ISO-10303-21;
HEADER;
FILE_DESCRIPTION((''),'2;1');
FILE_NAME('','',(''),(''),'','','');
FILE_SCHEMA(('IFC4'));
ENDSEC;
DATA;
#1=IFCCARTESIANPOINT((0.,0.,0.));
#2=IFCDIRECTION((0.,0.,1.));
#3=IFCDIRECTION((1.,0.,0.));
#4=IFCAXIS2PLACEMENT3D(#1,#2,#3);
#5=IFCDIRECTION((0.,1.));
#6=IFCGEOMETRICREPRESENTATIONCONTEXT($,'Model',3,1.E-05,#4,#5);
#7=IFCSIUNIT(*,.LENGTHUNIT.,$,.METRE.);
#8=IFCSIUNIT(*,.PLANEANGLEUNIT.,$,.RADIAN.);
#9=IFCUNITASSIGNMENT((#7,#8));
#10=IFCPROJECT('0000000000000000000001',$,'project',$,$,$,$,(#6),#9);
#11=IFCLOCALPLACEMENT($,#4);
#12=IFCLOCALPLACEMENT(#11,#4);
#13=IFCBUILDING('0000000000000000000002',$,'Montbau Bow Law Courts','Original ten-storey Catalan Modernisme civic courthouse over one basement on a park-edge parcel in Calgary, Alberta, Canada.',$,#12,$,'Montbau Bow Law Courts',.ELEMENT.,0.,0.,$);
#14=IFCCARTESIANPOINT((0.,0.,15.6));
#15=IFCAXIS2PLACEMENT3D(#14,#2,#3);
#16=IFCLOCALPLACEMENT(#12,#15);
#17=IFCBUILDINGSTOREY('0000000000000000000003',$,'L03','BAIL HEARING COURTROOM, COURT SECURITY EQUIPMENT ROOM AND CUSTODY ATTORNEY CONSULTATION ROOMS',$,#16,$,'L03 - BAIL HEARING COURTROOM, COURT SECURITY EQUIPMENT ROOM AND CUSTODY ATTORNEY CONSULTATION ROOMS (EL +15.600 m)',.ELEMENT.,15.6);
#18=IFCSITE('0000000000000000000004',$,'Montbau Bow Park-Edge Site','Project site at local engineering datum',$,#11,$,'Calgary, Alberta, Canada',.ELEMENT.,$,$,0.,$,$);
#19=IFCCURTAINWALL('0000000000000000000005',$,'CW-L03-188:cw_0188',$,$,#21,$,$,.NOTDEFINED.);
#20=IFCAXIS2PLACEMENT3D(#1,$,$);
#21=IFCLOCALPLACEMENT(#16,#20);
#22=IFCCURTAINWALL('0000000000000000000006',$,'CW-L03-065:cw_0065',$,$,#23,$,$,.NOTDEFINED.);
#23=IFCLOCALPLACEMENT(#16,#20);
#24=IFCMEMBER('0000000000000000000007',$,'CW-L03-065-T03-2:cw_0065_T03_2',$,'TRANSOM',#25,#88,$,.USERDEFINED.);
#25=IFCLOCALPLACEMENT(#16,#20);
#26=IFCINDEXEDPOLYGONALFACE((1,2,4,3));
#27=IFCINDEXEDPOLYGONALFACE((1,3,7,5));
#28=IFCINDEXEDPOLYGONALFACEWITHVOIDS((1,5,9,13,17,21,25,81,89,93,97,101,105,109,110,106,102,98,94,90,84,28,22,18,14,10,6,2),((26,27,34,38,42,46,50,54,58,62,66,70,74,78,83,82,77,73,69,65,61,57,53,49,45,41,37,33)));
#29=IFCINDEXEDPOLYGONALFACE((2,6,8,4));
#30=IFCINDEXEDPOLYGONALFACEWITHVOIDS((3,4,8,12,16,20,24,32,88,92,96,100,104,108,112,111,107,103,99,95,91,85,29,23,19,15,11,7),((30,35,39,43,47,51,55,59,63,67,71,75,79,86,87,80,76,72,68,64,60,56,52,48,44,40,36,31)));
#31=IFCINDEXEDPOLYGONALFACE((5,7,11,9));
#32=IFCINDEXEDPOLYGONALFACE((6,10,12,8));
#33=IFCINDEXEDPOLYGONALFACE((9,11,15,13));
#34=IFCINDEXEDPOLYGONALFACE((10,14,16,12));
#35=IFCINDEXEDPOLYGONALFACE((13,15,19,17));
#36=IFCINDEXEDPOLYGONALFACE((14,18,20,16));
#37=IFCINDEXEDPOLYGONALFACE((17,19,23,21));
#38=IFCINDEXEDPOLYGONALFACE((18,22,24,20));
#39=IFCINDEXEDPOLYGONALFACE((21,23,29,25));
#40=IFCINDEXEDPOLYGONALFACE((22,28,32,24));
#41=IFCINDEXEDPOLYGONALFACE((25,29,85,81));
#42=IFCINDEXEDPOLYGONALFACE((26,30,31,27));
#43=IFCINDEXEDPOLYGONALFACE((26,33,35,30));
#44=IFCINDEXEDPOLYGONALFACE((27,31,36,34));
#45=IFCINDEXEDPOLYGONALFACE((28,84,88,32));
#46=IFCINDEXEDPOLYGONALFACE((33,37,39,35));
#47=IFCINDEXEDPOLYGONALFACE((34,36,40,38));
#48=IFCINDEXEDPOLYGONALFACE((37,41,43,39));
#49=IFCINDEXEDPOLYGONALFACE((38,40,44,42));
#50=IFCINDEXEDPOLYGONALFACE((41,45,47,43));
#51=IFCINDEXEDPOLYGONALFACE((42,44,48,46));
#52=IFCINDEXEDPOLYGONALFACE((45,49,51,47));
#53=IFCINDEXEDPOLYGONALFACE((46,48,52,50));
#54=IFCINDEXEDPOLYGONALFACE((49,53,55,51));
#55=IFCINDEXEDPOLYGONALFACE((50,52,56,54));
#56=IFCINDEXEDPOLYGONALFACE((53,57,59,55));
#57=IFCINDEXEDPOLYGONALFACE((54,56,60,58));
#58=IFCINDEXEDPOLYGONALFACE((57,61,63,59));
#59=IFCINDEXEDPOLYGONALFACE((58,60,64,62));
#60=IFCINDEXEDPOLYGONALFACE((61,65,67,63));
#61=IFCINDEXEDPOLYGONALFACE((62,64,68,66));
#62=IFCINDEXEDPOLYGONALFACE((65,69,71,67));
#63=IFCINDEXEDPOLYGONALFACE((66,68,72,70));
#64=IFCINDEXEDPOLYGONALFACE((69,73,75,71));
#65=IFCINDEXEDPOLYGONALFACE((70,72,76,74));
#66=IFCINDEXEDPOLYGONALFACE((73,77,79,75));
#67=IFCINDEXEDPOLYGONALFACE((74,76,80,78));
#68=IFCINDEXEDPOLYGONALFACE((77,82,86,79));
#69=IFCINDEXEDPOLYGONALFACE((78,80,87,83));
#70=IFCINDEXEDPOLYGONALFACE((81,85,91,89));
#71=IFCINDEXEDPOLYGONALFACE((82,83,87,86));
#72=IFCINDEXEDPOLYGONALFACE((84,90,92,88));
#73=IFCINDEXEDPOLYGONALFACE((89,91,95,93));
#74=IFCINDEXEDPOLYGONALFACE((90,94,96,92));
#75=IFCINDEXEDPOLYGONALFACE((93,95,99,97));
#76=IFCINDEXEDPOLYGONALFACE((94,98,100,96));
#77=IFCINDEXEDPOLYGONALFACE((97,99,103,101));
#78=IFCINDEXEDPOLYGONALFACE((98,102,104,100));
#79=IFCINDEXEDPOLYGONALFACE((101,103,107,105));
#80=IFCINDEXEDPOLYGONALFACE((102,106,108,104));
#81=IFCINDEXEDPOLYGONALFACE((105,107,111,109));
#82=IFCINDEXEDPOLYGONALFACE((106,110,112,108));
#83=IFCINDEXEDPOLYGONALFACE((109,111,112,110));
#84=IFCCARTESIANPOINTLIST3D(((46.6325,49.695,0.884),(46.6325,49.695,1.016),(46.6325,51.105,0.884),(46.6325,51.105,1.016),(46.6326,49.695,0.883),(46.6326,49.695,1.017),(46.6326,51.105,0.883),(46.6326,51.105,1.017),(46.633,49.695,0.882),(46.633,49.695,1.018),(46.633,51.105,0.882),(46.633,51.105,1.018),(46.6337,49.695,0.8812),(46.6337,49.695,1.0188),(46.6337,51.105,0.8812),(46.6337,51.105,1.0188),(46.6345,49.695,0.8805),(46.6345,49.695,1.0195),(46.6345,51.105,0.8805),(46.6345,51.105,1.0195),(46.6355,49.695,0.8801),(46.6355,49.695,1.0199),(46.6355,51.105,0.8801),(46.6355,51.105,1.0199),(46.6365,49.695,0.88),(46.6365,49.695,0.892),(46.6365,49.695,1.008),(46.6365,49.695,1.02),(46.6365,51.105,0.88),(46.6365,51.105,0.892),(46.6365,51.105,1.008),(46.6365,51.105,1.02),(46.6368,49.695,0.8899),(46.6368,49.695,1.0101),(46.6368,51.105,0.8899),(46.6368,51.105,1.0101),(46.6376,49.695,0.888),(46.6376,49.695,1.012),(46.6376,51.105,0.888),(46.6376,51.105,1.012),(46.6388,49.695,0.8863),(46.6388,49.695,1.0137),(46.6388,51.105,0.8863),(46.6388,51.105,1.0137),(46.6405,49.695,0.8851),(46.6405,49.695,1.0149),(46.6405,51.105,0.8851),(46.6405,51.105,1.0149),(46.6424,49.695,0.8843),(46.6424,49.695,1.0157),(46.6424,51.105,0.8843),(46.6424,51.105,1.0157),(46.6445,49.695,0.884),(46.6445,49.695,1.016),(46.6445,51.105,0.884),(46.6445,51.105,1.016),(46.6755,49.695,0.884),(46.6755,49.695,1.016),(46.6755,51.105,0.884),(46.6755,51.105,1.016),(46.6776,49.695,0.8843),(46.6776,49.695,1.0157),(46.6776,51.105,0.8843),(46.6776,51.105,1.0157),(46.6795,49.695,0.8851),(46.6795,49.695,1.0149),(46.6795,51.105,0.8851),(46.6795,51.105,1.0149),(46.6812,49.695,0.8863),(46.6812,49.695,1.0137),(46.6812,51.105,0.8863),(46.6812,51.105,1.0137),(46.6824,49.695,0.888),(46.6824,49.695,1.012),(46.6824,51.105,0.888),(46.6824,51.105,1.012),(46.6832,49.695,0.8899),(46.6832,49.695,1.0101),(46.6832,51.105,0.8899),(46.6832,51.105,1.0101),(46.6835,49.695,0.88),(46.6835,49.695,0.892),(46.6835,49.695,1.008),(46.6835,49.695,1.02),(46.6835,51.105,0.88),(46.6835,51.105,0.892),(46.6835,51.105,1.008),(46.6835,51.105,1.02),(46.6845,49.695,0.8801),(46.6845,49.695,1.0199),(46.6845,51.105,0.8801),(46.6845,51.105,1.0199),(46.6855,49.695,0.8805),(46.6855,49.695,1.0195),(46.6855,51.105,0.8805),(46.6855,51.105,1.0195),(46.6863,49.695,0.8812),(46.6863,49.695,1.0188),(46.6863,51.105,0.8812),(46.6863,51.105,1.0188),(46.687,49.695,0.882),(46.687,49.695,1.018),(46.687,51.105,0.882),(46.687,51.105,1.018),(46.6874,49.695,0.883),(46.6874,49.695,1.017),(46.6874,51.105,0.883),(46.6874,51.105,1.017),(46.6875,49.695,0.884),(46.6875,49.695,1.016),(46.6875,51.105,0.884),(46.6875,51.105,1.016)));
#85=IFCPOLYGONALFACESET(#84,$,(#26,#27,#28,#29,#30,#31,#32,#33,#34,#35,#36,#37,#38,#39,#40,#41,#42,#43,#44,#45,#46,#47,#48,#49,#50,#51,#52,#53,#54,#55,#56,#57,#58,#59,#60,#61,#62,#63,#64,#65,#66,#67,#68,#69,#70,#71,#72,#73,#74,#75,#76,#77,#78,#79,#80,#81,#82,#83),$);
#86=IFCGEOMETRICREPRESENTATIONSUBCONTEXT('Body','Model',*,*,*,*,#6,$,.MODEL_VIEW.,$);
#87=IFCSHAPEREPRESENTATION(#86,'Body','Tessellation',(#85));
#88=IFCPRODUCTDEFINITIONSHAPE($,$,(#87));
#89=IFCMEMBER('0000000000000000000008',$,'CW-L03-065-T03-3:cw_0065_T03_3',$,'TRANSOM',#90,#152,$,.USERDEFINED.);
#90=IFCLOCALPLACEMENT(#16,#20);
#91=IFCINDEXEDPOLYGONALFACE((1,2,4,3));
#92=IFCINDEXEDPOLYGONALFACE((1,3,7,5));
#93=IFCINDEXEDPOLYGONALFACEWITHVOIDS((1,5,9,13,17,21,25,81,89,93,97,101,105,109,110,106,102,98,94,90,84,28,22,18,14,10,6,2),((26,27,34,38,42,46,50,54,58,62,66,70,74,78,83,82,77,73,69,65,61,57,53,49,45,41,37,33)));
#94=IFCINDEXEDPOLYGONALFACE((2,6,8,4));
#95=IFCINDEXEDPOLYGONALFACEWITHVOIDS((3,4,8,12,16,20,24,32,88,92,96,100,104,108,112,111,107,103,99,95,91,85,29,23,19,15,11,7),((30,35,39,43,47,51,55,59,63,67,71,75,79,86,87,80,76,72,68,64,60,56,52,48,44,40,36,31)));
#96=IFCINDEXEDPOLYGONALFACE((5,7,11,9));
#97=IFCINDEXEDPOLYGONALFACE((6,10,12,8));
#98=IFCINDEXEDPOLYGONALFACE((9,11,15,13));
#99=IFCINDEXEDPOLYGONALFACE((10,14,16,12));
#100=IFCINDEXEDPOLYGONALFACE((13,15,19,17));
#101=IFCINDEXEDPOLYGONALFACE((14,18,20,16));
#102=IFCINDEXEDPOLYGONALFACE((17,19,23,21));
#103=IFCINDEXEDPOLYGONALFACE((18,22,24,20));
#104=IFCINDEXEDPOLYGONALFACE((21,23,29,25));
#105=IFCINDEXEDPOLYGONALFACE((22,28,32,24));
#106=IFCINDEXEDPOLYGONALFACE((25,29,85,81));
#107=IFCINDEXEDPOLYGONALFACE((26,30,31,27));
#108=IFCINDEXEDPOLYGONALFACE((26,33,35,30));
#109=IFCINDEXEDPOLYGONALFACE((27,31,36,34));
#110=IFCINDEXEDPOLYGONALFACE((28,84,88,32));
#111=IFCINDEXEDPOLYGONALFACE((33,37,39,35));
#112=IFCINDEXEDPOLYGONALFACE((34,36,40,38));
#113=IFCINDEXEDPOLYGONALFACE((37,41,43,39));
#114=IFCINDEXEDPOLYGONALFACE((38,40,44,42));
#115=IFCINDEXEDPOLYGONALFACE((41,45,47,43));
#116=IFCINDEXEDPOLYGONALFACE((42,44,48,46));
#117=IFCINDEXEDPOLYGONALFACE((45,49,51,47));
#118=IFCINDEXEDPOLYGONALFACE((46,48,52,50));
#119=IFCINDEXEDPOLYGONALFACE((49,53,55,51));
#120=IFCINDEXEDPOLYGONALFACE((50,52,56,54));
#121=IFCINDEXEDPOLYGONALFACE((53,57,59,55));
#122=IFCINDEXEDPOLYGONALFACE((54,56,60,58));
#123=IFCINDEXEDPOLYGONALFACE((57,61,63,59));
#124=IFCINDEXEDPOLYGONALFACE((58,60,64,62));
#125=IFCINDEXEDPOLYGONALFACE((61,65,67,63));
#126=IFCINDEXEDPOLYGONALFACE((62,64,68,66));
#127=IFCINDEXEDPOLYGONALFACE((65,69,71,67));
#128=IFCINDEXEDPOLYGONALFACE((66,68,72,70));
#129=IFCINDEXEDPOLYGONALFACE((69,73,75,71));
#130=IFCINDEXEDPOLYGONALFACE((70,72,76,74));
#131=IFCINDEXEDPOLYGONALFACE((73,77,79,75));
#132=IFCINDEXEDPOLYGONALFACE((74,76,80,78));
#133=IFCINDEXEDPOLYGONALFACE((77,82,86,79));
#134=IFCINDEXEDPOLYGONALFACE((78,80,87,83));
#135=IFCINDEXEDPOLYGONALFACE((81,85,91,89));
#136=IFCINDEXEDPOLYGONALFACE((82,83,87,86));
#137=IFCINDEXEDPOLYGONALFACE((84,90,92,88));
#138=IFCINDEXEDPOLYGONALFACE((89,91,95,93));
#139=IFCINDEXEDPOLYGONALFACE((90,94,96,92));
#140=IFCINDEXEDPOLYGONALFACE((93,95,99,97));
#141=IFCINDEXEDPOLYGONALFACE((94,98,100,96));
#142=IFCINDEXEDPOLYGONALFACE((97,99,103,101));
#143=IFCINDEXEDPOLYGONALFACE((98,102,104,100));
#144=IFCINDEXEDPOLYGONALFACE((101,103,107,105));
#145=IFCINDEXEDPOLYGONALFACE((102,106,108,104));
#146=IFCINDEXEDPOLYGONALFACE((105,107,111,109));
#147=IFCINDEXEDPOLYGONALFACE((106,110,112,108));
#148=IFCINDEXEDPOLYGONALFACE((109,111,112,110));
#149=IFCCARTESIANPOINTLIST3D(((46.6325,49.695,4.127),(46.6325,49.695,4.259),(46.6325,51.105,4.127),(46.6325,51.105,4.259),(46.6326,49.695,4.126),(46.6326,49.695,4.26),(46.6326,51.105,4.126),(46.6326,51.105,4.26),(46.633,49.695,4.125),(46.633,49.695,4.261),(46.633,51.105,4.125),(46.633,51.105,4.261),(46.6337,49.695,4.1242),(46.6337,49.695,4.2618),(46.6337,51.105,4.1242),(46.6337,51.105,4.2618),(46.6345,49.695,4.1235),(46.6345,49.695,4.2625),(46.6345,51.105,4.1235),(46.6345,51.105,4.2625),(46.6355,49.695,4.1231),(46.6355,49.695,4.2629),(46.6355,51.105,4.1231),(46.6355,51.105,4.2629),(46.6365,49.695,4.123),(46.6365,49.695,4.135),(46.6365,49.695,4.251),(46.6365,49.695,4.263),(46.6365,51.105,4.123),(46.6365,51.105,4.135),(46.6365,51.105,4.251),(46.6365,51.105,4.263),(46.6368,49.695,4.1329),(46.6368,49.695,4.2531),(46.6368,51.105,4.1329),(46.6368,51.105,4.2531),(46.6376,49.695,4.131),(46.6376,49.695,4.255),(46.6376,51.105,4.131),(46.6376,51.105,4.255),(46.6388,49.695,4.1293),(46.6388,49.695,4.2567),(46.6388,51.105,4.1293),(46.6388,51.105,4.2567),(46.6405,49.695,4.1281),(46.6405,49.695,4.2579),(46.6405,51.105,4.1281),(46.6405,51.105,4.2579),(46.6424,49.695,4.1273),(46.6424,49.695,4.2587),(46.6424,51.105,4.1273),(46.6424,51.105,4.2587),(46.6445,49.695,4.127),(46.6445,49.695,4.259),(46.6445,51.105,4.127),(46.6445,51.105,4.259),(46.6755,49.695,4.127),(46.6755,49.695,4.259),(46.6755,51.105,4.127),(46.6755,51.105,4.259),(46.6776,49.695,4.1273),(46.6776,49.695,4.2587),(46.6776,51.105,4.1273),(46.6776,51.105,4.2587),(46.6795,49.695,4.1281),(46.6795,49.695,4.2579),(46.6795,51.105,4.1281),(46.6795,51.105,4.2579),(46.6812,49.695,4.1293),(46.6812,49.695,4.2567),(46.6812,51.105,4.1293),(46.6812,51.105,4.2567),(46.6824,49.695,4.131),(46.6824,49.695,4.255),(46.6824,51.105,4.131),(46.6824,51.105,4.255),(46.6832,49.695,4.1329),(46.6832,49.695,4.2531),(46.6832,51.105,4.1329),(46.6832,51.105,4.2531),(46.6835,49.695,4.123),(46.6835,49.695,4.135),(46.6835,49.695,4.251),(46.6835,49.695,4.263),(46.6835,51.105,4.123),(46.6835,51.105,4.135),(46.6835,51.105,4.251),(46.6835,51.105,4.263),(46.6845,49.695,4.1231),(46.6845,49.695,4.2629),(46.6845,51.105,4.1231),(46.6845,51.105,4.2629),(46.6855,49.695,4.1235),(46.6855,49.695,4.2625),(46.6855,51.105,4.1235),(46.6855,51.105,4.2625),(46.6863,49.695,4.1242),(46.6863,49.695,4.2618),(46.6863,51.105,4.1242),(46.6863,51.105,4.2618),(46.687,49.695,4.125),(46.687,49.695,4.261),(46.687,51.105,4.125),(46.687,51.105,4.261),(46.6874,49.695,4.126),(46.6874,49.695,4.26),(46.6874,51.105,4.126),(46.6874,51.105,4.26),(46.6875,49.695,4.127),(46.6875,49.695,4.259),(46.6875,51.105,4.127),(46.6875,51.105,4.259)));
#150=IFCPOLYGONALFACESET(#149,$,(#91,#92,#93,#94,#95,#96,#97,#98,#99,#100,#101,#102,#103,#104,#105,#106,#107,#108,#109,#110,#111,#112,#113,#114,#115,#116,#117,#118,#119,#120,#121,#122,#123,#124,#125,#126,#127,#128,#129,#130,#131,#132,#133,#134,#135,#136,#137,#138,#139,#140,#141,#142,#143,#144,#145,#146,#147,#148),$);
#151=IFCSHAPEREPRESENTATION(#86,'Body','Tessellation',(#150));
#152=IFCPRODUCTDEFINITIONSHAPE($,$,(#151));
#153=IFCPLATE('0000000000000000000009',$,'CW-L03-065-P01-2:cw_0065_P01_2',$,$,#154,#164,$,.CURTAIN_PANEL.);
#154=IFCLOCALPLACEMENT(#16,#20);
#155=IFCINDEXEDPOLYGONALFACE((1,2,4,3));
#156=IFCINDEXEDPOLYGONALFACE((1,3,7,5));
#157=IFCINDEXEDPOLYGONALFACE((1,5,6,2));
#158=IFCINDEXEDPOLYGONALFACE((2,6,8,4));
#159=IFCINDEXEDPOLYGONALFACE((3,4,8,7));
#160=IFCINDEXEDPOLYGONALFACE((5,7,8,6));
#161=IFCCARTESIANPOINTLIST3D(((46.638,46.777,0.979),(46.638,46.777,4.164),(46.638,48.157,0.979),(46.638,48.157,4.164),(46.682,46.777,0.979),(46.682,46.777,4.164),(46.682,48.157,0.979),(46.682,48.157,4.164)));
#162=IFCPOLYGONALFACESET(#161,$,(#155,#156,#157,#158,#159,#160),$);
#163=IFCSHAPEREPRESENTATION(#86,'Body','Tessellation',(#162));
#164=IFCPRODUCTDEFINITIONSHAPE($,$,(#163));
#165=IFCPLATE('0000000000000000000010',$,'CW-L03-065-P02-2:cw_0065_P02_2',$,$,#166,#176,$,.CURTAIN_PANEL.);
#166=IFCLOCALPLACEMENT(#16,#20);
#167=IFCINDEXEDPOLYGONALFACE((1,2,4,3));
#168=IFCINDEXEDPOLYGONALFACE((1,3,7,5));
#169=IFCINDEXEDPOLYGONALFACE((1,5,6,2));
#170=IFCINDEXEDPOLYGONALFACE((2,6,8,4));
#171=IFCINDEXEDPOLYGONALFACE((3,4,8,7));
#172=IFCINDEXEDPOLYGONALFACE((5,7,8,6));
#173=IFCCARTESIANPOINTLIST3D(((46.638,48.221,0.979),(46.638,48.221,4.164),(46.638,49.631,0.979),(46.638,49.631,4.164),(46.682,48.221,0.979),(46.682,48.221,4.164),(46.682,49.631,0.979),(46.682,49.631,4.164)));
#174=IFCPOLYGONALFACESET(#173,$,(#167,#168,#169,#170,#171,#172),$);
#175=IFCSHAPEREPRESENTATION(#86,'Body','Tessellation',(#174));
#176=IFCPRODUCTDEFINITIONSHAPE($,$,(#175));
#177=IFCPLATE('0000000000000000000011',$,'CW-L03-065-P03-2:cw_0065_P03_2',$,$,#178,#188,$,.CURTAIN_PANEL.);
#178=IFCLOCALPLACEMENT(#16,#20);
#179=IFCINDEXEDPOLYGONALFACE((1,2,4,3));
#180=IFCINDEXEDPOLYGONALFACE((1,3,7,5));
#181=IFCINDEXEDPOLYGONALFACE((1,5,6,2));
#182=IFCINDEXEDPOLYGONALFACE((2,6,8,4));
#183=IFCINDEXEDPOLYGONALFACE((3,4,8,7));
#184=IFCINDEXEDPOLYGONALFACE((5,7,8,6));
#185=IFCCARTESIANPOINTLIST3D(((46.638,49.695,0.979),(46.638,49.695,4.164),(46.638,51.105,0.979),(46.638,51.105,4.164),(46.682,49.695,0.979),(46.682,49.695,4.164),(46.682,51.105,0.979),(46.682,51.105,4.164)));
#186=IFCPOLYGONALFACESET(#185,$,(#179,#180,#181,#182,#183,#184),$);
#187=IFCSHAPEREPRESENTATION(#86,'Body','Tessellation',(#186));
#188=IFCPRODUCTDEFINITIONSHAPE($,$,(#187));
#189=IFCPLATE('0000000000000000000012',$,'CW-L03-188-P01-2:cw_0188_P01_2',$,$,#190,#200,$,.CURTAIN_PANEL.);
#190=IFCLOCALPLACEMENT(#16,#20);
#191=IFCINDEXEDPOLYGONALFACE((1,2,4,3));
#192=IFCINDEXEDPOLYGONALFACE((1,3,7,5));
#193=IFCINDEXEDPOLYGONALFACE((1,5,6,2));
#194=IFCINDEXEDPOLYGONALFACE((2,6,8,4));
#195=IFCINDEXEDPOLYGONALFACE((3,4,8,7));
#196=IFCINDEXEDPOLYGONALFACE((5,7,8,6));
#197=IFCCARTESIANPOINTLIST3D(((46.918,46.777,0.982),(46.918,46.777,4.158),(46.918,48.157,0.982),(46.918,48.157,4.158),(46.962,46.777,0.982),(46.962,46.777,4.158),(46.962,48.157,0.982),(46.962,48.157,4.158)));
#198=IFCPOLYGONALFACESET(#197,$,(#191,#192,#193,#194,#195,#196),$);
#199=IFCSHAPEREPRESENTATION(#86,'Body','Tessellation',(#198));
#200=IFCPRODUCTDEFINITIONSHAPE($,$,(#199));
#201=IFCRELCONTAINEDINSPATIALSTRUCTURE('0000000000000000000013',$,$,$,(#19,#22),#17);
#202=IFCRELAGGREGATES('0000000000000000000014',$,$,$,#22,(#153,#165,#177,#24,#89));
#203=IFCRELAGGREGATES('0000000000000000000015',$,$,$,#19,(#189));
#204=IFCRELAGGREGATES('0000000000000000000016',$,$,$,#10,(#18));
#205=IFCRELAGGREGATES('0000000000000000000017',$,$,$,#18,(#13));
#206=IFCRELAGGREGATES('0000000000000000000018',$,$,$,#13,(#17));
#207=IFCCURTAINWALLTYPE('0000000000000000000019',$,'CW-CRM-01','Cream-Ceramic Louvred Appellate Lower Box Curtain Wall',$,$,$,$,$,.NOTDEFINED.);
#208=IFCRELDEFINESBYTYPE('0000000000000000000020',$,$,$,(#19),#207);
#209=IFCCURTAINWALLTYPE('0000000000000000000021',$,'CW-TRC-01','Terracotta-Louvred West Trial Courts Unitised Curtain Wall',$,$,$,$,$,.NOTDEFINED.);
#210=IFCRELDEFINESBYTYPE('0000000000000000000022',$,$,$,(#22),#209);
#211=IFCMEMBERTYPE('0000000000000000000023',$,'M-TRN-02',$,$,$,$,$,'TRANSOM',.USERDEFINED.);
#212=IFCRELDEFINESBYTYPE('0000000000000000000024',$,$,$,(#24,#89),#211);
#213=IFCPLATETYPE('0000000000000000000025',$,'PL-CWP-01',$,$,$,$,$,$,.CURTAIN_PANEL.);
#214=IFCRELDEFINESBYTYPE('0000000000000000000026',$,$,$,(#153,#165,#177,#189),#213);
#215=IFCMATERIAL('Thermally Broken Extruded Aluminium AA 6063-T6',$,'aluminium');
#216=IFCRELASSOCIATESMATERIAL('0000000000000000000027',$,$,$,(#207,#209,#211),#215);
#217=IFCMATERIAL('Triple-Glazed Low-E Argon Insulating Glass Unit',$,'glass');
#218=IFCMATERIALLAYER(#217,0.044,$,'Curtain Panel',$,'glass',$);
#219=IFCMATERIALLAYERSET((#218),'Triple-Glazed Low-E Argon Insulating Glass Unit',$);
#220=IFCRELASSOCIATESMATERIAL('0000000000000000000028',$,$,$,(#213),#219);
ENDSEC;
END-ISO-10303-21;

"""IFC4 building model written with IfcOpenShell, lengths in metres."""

from ifc_helpers import new_model, si_unit, direction, frame, frame_2d, origin_with_axes, origin_2d_with_axis, place, context, subcontext, project, spatial, rectangle, hollow_rectangle, extrude, material, layer, layer_set, material_profile, profile_set, type_object, element, aggregate, save


model = new_model("IFC4")

# Units and contexts
model_context = context("Model", 3, precision=1e-05, world=origin_with_axes(), true_north=direction((0.0, 1.0)))
body_context = subcontext(model_context, "Body", "Model", "MODEL_VIEW")
ifc_project = project(units=[si_unit("LENGTHUNIT", "METRE"), si_unit("PLANEANGLEUNIT", "RADIAN")], contexts=[model_context])

# Site, building, storey
site_placement = place(None, origin_with_axes())
site = spatial("IfcSite", under=ifc_project, at=site_placement, Name="Montbau Bow Park-Edge Site", Description="Project site at local engineering datum", LongName="Calgary, Alberta, Canada", CompositionType="ELEMENT", RefElevation=0.0)
building_placement = place(site_placement, origin_with_axes())
building = spatial("IfcBuilding", under=site, at=building_placement, Name="Montbau Bow Law Courts", Description="Original ten-storey Catalan Modernisme civic courthouse over one basement on a park-edge parcel in Calgary, Alberta, Canada.", LongName="Montbau Bow Law Courts", CompositionType="ELEMENT", ElevationOfRefHeight=0.0, ElevationOfTerrain=0.0)
storey_placement = place(building_placement, frame((0.0, 0.0, 15.6), z_axis=(0.0, 0.0, 1.0), x_axis=(1.0, 0.0, 0.0)))
storey = spatial("IfcBuildingStorey", under=building, at=storey_placement, Name="L03", Description="BAIL HEARING COURTROOM, COURT SECURITY EQUIPMENT ROOM AND CUSTODY ATTORNEY CONSULTATION ROOMS", LongName="L03 - BAIL HEARING COURTROOM, COURT SECURITY EQUIPMENT ROOM AND CUSTODY ATTORNEY CONSULTATION ROOMS (EL +15.600 m)", CompositionType="ELEMENT", Elevation=15.6)

# Curtain wall
ifc_material_1 = material(Name="Thermally Broken Extruded Aluminium AA 6063-T6", Category="aluminium")
curtain_wall_type_1 = type_object("IfcCurtainWallType", Name="CW-CRM-01", Description="Cream-Ceramic Louvred Appellate Lower Box Curtain Wall", PredefinedType="NOTDEFINED", material=ifc_material_1)
curtain_wall_1_placement = place(None, frame((46.94, 46.715, 15.6), z_axis=(0.0, 0.0, 1.0), x_axis=(1.0, 0.0, 0.0)))
curtain_wall_1 = element("IfcCurtainWall", 1, at=curtain_wall_1_placement, inside=storey, type_object=curtain_wall_type_1, Name="CW-L03-188:cw_0188", PredefinedType="NOTDEFINED")

# Curtain wall, members, plates
curtain_wall_type_2 = type_object("IfcCurtainWallType", Name="CW-TRC-01", Description="Terracotta-Louvred West Trial Courts Unitised Curtain Wall", PredefinedType="NOTDEFINED", material=ifc_material_1)
curtain_wall_2_placement = place(None, frame((46.66, 46.715, 15.6), z_axis=(0.0, 0.0, 1.0), x_axis=(1.0, 0.0, 0.0)))
curtain_wall_2 = element("IfcCurtainWall", 2, at=curtain_wall_2_placement, inside=storey, type_object=curtain_wall_type_2, Name="CW-L03-065:cw_0065", PredefinedType="NOTDEFINED")
ifc_material_profile_1 = material_profile(ifc_material_1, hollow_rectangle(XDim=0.055, YDim=0.14, WallThickness=0.004, InnerFilletRadius=0.008, OuterFilletRadius=0.004, at=origin_2d_with_axis()), Name="CWT-140X55", Category="Main", Priority=0)
ifc_profile_set_1 = profile_set([ifc_material_profile_1], Name="Thermally Broken Extruded Aluminium AA 6063-T6")
member_type_1 = type_object("IfcMemberType", Name="M-TRN-02", ElementType="TRANSOM", PredefinedType="USERDEFINED", material=ifc_profile_set_1)
member_1_placement = place(None, frame((46.66, 49.695, 16.55), z_axis=(0.0, 1.0, 0.0), x_axis=(-1.0, 0.0, 0.0)))
member_1 = element("IfcMember", 3, at=member_1_placement, type_object=member_type_1, Name="CW-L03-065-T03-2:cw_0065_T03_2", ObjectType="TRANSOM", PredefinedType="USERDEFINED", context=body_context, shape_type="SweptSolid", body=[
    extrude(hollow_rectangle(XDim=0.055, YDim=0.14, WallThickness=0.004, InnerFilletRadius=0.008, OuterFilletRadius=0.004, at=origin_2d_with_axis()), origin_with_axes(), (0.0, 0.0, 1.0), 1.41),
])
member_2_placement = place(None, frame((46.66, 49.695, 19.793), z_axis=(0.0, 1.0, 0.0), x_axis=(-1.0, 0.0, 0.0)))
member_2 = element("IfcMember", 4, at=member_2_placement, type_object=member_type_1, Name="CW-L03-065-T03-3:cw_0065_T03_3", ObjectType="TRANSOM", PredefinedType="USERDEFINED", context=body_context, shape_type="SweptSolid", body=[
    extrude(hollow_rectangle(XDim=0.055, YDim=0.14, WallThickness=0.004, InnerFilletRadius=0.008, OuterFilletRadius=0.004, at=origin_2d_with_axis()), origin_with_axes(), (0.0, 0.0, 1.0), 1.41),
])
ifc_material_2 = material(Name="Triple-Glazed Low-E Argon Insulating Glass Unit", Category="glass")
ifc_layer_1 = layer(ifc_material_2, 0.044, Name="Curtain Panel", Category="glass")
ifc_layer_set_1 = layer_set([ifc_layer_1], Name="Triple-Glazed Low-E Argon Insulating Glass Unit")
plate_type_1 = type_object("IfcPlateType", Name="PL-CWP-01", PredefinedType="CURTAIN_PANEL", material=ifc_layer_set_1)
plate_1_placement = place(None, frame((46.66, 46.777, 16.579), z_axis=(1.0, 0.0, 0.0), x_axis=(0.0, 1.0, 0.0)))
plate_1 = element("IfcPlate", 5, at=plate_1_placement, type_object=plate_type_1, Name="CW-L03-065-P01-2:cw_0065_P01_2", PredefinedType="CURTAIN_PANEL", context=body_context, shape_type="SweptSolid", body=[
    extrude(rectangle(XDim=1.38, YDim=3.185, at=frame_2d((0.69, 1.5925), x_axis=(1.0, 0.0))), frame((0.0, 0.0, -0.022), z_axis=(0.0, 0.0, 1.0), x_axis=(1.0, 0.0, 0.0)), (0.0, 0.0, 1.0), 0.044),
])
plate_2_placement = place(None, frame((46.66, 48.221, 16.579), z_axis=(1.0, 0.0, 0.0), x_axis=(0.0, 1.0, 0.0)))
plate_2 = element("IfcPlate", 6, at=plate_2_placement, type_object=plate_type_1, Name="CW-L03-065-P02-2:cw_0065_P02_2", PredefinedType="CURTAIN_PANEL", context=body_context, shape_type="SweptSolid", body=[
    extrude(rectangle(XDim=1.41, YDim=3.185, at=frame_2d((0.705, 1.5925), x_axis=(1.0, 0.0))), frame((0.0, 0.0, -0.022), z_axis=(0.0, 0.0, 1.0), x_axis=(1.0, 0.0, 0.0)), (0.0, 0.0, 1.0), 0.044),
])
plate_3_placement = place(None, frame((46.66, 49.695, 16.579), z_axis=(1.0, 0.0, 0.0), x_axis=(0.0, 1.0, 0.0)))
plate_3 = element("IfcPlate", 7, at=plate_3_placement, type_object=plate_type_1, Name="CW-L03-065-P03-2:cw_0065_P03_2", PredefinedType="CURTAIN_PANEL", context=body_context, shape_type="SweptSolid", body=[
    extrude(rectangle(XDim=1.41, YDim=3.185, at=frame_2d((0.705, 1.5925), x_axis=(1.0, 0.0))), frame((0.0, 0.0, -0.022), z_axis=(0.0, 0.0, 1.0), x_axis=(1.0, 0.0, 0.0)), (0.0, 0.0, 1.0), 0.044),
])

# Plate
plate_4_placement = place(None, frame((46.94, 46.777, 16.582), z_axis=(1.0, 0.0, 0.0), x_axis=(0.0, 1.0, 0.0)))
plate_4 = element("IfcPlate", 8, at=plate_4_placement, type_object=plate_type_1, Name="CW-L03-188-P01-2:cw_0188_P01_2", PredefinedType="CURTAIN_PANEL", context=body_context, shape_type="SweptSolid", body=[
    extrude(rectangle(XDim=1.38, YDim=3.176, at=frame_2d((0.69, 1.588), x_axis=(1.0, 0.0))), frame((0.0, 0.0, -0.022), z_axis=(0.0, 0.0, 1.0), x_axis=(1.0, 0.0, 0.0)), (0.0, 0.0, 1.0), 0.044),
])
aggregate(curtain_wall_2, [plate_1, plate_2, plate_3, member_1, member_2])
aggregate(curtain_wall_1, [plate_4])

save(model, "model.ifc")
